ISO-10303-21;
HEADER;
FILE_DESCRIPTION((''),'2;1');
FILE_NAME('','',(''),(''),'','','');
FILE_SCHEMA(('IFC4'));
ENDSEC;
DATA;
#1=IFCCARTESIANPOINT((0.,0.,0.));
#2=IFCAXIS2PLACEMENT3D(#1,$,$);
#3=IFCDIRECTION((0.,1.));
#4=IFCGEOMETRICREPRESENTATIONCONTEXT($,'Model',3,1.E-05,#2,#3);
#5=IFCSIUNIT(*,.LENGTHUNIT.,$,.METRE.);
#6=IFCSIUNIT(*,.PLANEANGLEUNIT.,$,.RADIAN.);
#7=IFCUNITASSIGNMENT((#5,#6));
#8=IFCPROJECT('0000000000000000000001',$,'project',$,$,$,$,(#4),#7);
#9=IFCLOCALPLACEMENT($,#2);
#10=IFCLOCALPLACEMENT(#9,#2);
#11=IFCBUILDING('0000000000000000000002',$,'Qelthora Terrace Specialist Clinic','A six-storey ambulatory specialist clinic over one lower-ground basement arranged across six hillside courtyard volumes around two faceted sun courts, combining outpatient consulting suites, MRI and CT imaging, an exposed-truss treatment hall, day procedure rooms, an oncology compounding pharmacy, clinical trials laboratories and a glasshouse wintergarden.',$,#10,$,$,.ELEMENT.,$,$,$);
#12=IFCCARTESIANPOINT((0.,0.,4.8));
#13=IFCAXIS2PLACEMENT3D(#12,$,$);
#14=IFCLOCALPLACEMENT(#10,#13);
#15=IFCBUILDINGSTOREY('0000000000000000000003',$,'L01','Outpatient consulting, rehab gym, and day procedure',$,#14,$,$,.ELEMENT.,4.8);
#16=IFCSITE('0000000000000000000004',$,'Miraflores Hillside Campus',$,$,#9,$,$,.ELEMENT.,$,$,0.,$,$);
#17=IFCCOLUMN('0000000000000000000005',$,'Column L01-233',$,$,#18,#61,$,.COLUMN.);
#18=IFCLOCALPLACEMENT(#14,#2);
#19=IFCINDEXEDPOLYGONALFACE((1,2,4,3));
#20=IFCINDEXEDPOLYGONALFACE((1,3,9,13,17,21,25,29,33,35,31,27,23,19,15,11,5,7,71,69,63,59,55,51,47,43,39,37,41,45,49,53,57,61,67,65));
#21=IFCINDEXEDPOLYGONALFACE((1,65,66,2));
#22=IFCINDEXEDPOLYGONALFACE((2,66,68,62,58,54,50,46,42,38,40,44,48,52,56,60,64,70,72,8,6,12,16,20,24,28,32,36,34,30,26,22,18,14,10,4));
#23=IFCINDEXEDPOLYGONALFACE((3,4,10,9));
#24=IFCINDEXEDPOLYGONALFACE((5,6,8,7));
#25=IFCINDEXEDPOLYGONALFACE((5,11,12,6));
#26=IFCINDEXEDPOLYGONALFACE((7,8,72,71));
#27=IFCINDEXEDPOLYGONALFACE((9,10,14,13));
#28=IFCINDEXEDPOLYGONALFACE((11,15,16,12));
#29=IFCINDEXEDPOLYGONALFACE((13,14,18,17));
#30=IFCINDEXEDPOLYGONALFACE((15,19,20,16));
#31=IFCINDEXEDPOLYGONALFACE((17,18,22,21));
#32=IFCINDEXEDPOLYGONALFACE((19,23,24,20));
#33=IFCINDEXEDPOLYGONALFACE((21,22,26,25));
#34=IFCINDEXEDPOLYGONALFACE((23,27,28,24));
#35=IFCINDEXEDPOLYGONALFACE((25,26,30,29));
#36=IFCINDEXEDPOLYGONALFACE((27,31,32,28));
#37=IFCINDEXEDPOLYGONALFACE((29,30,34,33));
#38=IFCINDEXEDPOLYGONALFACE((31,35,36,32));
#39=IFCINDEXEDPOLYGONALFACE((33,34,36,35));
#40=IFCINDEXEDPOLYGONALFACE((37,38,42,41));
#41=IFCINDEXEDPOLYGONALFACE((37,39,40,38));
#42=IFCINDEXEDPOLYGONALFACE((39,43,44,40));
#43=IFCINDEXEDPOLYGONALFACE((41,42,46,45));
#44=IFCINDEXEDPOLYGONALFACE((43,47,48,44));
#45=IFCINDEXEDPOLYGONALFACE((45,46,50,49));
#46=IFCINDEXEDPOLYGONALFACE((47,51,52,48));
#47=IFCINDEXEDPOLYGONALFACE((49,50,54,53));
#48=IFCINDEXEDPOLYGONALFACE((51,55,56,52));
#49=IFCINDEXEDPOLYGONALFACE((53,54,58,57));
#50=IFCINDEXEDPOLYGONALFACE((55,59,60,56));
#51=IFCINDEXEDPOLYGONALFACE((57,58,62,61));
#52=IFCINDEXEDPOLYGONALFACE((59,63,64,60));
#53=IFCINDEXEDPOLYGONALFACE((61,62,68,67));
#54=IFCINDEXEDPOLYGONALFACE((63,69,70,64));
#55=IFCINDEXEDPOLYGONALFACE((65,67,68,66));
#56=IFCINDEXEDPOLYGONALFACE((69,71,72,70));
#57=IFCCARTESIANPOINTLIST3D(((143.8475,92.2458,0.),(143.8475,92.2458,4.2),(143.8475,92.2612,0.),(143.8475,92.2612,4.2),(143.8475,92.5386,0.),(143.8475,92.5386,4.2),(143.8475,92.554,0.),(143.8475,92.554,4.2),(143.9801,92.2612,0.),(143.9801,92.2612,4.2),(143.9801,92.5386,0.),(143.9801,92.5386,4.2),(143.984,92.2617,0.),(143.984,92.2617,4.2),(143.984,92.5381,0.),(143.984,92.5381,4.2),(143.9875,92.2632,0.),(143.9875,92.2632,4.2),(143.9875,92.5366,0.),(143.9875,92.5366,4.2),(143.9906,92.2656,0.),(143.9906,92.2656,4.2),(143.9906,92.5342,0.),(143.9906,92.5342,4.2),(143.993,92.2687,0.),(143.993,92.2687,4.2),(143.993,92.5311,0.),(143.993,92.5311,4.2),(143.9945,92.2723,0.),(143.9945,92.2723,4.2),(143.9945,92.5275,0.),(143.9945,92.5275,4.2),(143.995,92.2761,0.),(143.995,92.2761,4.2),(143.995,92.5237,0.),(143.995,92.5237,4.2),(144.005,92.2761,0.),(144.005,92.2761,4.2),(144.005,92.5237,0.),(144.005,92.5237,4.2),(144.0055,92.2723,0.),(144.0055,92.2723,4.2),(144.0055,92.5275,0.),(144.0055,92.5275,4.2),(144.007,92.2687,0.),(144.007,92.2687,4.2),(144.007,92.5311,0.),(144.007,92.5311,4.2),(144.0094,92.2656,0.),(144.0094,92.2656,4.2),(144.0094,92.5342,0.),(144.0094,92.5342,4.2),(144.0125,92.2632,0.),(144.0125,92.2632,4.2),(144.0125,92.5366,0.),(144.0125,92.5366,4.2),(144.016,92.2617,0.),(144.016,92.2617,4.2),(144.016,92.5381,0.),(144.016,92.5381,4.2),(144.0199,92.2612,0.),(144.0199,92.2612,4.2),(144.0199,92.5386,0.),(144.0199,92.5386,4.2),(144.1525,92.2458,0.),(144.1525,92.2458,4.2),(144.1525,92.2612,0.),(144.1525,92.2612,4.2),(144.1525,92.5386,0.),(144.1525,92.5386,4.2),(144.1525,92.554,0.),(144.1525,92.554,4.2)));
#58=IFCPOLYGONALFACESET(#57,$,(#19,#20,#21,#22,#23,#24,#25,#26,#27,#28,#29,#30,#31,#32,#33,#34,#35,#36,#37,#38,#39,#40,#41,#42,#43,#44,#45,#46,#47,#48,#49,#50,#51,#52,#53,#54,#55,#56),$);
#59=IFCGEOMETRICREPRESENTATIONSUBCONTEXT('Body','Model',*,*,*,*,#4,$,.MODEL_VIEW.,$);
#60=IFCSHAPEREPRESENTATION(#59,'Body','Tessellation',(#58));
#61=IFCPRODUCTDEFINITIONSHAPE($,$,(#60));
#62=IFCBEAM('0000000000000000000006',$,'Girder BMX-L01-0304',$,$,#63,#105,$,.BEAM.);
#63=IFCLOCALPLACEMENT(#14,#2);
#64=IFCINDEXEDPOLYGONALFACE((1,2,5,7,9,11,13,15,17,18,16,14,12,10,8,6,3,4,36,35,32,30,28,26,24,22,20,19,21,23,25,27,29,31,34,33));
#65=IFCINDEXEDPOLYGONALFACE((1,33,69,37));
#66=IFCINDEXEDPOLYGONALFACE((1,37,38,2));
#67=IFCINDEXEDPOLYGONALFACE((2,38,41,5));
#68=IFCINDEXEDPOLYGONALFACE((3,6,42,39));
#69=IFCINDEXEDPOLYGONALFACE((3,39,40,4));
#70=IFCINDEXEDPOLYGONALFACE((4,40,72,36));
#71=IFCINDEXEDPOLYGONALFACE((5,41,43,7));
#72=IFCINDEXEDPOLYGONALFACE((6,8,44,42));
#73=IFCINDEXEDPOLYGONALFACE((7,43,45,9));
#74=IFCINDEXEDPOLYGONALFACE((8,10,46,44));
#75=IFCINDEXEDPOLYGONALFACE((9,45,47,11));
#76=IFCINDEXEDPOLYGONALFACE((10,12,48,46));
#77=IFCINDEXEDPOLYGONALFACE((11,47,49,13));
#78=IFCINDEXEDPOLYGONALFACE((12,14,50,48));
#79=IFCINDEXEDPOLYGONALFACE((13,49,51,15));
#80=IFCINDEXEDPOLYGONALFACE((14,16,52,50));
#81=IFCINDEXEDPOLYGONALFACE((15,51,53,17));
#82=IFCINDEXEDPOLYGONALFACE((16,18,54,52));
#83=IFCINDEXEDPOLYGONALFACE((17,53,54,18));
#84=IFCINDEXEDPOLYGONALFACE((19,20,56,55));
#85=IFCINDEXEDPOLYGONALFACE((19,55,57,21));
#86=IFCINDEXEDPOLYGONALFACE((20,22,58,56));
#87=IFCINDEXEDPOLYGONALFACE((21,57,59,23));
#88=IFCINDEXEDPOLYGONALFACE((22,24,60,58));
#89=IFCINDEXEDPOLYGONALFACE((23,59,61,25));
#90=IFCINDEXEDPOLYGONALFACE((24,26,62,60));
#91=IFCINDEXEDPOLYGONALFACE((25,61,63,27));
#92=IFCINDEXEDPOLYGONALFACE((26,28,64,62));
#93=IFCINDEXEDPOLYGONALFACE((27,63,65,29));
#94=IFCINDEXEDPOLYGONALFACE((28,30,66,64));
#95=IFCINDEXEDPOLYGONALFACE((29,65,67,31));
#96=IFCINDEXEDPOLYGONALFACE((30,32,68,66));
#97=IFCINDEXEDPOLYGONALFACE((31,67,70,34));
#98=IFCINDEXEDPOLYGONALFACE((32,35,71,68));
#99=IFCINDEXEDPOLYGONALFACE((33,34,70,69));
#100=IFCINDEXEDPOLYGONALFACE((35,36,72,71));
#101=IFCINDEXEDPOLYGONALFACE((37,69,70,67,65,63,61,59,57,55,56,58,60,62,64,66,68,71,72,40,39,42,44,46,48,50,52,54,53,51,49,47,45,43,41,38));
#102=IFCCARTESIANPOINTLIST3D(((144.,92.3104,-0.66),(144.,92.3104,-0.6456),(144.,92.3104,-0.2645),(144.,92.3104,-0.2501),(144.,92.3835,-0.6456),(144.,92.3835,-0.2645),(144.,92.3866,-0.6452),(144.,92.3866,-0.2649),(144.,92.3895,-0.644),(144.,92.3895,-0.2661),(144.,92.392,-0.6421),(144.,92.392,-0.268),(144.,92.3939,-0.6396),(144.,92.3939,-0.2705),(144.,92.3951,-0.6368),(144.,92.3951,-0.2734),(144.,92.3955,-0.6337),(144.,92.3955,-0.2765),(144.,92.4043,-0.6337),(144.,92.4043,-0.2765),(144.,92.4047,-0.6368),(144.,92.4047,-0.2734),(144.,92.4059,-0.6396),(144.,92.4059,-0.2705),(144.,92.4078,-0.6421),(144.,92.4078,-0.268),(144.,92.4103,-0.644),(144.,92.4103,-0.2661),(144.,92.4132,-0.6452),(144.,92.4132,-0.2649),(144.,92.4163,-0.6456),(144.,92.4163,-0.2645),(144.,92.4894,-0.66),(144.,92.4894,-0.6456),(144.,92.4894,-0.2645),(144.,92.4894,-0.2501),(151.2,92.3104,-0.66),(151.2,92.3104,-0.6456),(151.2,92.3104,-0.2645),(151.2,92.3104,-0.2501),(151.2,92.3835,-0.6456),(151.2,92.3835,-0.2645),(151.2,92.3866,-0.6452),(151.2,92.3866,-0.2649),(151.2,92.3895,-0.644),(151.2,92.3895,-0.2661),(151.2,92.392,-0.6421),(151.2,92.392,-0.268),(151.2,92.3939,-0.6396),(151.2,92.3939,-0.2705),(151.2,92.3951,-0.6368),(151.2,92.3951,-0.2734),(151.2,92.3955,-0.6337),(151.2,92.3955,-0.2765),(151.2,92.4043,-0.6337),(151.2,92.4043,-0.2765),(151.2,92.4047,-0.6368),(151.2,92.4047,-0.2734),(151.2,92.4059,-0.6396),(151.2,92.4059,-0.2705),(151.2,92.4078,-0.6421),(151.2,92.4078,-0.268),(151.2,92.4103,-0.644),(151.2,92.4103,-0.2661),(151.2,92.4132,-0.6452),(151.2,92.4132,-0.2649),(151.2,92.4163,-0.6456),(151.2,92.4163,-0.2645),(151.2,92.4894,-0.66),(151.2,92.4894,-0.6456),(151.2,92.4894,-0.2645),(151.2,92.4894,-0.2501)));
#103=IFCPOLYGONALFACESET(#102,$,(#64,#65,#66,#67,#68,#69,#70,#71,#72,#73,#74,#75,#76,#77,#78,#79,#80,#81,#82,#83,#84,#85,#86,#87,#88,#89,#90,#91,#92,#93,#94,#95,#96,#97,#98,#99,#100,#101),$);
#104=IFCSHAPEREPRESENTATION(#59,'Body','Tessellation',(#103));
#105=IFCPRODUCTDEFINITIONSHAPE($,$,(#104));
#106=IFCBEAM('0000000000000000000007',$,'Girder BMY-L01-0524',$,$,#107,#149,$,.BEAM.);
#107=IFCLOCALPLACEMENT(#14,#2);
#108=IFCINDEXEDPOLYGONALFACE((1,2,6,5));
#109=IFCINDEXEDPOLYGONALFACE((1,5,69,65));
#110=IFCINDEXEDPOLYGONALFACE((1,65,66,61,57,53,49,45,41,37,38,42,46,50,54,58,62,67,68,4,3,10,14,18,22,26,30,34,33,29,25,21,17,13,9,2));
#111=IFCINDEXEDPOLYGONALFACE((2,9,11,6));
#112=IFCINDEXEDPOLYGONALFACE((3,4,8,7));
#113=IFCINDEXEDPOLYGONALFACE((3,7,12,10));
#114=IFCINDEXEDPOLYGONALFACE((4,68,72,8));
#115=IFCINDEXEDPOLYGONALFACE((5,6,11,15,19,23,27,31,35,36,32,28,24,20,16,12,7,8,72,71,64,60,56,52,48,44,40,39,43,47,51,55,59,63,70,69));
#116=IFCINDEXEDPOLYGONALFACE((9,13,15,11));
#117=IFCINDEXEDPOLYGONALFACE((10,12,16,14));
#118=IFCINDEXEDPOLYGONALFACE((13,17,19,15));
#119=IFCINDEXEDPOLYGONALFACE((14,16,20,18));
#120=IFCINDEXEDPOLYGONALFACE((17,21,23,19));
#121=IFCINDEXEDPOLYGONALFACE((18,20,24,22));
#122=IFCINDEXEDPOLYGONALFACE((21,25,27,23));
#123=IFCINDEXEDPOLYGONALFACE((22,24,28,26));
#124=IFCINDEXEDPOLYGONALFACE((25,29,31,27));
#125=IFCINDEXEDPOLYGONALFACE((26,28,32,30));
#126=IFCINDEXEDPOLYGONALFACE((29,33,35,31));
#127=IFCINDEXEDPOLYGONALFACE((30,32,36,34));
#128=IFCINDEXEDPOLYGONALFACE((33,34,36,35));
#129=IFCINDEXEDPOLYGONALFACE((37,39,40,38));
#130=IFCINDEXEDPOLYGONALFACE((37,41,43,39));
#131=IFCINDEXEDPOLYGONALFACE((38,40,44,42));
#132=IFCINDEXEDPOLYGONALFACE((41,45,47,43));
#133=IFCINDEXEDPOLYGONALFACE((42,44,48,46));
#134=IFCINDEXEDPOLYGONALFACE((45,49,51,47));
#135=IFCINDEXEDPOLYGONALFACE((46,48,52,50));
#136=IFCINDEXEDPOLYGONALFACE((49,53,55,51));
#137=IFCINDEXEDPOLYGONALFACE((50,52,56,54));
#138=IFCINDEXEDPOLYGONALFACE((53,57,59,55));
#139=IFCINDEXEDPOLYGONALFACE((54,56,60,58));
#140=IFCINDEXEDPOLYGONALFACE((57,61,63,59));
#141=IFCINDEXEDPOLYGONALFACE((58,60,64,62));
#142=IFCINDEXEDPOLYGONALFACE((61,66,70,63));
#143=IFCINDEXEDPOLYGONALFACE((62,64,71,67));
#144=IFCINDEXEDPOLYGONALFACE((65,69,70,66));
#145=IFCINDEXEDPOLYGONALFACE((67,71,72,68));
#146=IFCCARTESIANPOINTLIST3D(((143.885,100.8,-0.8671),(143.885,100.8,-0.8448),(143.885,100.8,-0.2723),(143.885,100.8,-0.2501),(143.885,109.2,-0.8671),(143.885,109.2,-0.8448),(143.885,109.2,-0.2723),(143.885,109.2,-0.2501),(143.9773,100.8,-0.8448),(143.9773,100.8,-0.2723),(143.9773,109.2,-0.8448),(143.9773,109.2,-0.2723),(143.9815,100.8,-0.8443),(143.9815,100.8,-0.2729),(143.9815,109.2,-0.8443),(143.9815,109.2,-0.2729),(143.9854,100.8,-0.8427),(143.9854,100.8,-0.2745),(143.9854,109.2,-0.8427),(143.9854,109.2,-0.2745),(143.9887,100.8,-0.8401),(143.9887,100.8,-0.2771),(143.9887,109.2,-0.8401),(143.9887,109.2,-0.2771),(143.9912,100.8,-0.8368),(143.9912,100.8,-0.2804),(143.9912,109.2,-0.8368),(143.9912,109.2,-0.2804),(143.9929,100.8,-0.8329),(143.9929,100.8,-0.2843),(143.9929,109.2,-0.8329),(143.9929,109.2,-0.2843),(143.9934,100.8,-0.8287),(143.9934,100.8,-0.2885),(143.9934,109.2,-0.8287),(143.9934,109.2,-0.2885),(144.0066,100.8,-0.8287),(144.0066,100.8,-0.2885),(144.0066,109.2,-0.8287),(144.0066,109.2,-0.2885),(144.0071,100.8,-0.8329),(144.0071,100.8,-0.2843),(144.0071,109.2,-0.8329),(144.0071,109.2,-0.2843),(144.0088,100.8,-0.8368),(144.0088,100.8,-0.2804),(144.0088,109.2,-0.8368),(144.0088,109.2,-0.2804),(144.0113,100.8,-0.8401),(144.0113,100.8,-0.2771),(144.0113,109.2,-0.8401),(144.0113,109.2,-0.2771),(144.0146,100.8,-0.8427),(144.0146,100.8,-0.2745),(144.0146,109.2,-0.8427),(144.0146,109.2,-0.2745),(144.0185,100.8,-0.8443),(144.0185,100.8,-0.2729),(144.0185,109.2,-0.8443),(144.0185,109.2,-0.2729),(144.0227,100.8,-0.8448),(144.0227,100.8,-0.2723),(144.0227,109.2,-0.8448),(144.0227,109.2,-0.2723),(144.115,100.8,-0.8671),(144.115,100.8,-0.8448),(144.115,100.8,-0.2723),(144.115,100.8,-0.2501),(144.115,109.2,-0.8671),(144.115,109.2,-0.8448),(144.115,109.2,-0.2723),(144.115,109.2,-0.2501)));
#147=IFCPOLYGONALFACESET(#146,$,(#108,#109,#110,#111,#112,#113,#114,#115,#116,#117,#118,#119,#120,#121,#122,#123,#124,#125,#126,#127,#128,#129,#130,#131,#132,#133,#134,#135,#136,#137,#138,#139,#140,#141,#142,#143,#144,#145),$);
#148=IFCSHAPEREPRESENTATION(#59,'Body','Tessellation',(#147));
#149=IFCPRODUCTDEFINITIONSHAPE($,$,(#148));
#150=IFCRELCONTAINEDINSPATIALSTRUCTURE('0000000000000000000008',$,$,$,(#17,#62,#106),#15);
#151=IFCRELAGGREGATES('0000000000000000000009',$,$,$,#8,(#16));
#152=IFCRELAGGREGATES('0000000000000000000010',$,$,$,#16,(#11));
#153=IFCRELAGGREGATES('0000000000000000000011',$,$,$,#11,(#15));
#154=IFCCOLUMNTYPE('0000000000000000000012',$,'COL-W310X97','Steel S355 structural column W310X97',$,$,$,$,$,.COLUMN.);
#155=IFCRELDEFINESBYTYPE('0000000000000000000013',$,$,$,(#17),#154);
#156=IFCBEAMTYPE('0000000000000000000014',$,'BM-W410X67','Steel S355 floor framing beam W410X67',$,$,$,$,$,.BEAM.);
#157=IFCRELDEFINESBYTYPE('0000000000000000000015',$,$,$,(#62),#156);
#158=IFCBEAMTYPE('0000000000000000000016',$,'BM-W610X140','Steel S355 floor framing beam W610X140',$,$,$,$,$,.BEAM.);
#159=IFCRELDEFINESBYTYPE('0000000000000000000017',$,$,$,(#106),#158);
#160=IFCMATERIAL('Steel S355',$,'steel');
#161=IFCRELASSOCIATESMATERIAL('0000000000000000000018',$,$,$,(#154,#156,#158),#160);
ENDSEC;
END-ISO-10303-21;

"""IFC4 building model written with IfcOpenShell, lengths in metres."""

from ifc_helpers import new_model, si_unit, direction, frame, origin, origin_2d, place, context, subcontext, project, spatial, i_section, extrude, material, material_profile, profile_set, type_object, element, save


model = new_model("IFC4")

# Units and contexts
model_context = context("Model", 3, precision=1e-05, world=origin(), true_north=direction((0.0, 1.0)))
body_context = subcontext(model_context, "Body", "Model", "MODEL_VIEW")
ifc_project = project(units=[si_unit("LENGTHUNIT", "METRE"), si_unit("PLANEANGLEUNIT", "RADIAN")], contexts=[model_context])

# Site, building, storey
site_placement = place(None, origin())
site = spatial("IfcSite", under=ifc_project, at=site_placement, Name="Miraflores Hillside Campus", CompositionType="ELEMENT", RefElevation=0.0)
building_placement = place(site_placement, origin())
building = spatial("IfcBuilding", under=site, at=building_placement, Name="Qelthora Terrace Specialist Clinic", Description="A six-storey ambulatory specialist clinic over one lower-ground basement arranged across six hillside courtyard volumes around two faceted sun courts, combining outpatient consulting suites, MRI and CT imaging, an exposed-truss treatment hall, day procedure rooms, an oncology compounding pharmacy, clinical trials laboratories and a glasshouse wintergarden.", CompositionType="ELEMENT")
storey_placement = place(building_placement, frame((0.0, 0.0, 4.8)))
storey = spatial("IfcBuildingStorey", under=building, at=storey_placement, Name="L01", Description="Outpatient consulting, rehab gym, and day procedure", CompositionType="ELEMENT", Elevation=4.8)

# Column
ifc_material_1 = material(Name="Steel S355", Category="steel")
ifc_material_profile_1 = material_profile(ifc_material_1, i_section(OverallWidth=0.3049, OverallDepth=0.3081, WebThickness=0.01, FlangeThickness=0.0154, FilletRadius=0.0149, at=origin_2d()), Name="W310X97")
ifc_profile_set_1 = profile_set([ifc_material_profile_1], Name="Steel S355")
column_type_1 = type_object("IfcColumnType", Name="COL-W310X97", Description="Steel S355 structural column W310X97", PredefinedType="COLUMN", material=ifc_profile_set_1)
column_1_placement = place(storey_placement, frame((144.0, 92.3999, 0.0), z_axis=(0.0, 0.0, 1.0), x_axis=(1.0, 0.0, 0.0)))
element("IfcColumn", 1, at=column_1_placement, inside=storey, type_object=column_type_1, Name="Column L01-233", PredefinedType="COLUMN", context=body_context, shape_type="SweptSolid", body=[
    extrude(i_section(OverallWidth=0.3049, OverallDepth=0.3081, WebThickness=0.01, FlangeThickness=0.0154, FilletRadius=0.0149, at=origin_2d()), origin(), (0.0, 0.0, 1.0), 4.2),
])

# Beams
ifc_material_profile_2 = material_profile(ifc_material_1, i_section(OverallWidth=0.179, OverallDepth=0.4099, WebThickness=0.0088, FlangeThickness=0.0144, FilletRadius=0.012, at=origin_2d()), Name="W410X67")
ifc_profile_set_2 = profile_set([ifc_material_profile_2], Name="Steel S355")
beam_type_1 = type_object("IfcBeamType", Name="BM-W410X67", Description="Steel S355 floor framing beam W410X67", PredefinedType="BEAM", material=ifc_profile_set_2)
beam_1_placement = place(storey_placement, frame((144.0, 92.3999, -0.4551), z_axis=(1.0, 0.0, 0.0), x_axis=(0.0, 1.0, 0.0)))
element("IfcBeam", 2, at=beam_1_placement, inside=storey, type_object=beam_type_1, Name="Girder BMX-L01-0304", PredefinedType="BEAM", context=body_context, shape_type="SweptSolid", body=[
    extrude(i_section(OverallWidth=0.179, OverallDepth=0.4099, WebThickness=0.0088, FlangeThickness=0.0144, FilletRadius=0.012, at=origin_2d()), origin(), (0.0, 0.0, 1.0), 7.2),
])
ifc_material_profile_3 = material_profile(ifc_material_1, i_section(OverallWidth=0.23, OverallDepth=0.6169, WebThickness=0.0132, FlangeThickness=0.0222, FilletRadius=0.0161, at=origin_2d()), Name="W610X140")
ifc_profile_set_3 = profile_set([ifc_material_profile_3], Name="Steel S355")
beam_type_2 = type_object("IfcBeamType", Name="BM-W610X140", Description="Steel S355 floor framing beam W610X140", PredefinedType="BEAM", material=ifc_profile_set_3)
beam_2_placement = place(storey_placement, frame((144.0, 100.8, -0.5586), z_axis=(0.0, 1.0, 0.0), x_axis=(-1.0, 0.0, 0.0)))
element("IfcBeam", 3, at=beam_2_placement, inside=storey, type_object=beam_type_2, Name="Girder BMY-L01-0524", PredefinedType="BEAM", context=body_context, shape_type="SweptSolid", body=[
    extrude(i_section(OverallWidth=0.23, OverallDepth=0.6169, WebThickness=0.0132, FlangeThickness=0.0222, FilletRadius=0.0161, at=origin_2d()), origin(), (0.0, 0.0, 1.0), 8.3999),
])

save(model, "model.ifc")
